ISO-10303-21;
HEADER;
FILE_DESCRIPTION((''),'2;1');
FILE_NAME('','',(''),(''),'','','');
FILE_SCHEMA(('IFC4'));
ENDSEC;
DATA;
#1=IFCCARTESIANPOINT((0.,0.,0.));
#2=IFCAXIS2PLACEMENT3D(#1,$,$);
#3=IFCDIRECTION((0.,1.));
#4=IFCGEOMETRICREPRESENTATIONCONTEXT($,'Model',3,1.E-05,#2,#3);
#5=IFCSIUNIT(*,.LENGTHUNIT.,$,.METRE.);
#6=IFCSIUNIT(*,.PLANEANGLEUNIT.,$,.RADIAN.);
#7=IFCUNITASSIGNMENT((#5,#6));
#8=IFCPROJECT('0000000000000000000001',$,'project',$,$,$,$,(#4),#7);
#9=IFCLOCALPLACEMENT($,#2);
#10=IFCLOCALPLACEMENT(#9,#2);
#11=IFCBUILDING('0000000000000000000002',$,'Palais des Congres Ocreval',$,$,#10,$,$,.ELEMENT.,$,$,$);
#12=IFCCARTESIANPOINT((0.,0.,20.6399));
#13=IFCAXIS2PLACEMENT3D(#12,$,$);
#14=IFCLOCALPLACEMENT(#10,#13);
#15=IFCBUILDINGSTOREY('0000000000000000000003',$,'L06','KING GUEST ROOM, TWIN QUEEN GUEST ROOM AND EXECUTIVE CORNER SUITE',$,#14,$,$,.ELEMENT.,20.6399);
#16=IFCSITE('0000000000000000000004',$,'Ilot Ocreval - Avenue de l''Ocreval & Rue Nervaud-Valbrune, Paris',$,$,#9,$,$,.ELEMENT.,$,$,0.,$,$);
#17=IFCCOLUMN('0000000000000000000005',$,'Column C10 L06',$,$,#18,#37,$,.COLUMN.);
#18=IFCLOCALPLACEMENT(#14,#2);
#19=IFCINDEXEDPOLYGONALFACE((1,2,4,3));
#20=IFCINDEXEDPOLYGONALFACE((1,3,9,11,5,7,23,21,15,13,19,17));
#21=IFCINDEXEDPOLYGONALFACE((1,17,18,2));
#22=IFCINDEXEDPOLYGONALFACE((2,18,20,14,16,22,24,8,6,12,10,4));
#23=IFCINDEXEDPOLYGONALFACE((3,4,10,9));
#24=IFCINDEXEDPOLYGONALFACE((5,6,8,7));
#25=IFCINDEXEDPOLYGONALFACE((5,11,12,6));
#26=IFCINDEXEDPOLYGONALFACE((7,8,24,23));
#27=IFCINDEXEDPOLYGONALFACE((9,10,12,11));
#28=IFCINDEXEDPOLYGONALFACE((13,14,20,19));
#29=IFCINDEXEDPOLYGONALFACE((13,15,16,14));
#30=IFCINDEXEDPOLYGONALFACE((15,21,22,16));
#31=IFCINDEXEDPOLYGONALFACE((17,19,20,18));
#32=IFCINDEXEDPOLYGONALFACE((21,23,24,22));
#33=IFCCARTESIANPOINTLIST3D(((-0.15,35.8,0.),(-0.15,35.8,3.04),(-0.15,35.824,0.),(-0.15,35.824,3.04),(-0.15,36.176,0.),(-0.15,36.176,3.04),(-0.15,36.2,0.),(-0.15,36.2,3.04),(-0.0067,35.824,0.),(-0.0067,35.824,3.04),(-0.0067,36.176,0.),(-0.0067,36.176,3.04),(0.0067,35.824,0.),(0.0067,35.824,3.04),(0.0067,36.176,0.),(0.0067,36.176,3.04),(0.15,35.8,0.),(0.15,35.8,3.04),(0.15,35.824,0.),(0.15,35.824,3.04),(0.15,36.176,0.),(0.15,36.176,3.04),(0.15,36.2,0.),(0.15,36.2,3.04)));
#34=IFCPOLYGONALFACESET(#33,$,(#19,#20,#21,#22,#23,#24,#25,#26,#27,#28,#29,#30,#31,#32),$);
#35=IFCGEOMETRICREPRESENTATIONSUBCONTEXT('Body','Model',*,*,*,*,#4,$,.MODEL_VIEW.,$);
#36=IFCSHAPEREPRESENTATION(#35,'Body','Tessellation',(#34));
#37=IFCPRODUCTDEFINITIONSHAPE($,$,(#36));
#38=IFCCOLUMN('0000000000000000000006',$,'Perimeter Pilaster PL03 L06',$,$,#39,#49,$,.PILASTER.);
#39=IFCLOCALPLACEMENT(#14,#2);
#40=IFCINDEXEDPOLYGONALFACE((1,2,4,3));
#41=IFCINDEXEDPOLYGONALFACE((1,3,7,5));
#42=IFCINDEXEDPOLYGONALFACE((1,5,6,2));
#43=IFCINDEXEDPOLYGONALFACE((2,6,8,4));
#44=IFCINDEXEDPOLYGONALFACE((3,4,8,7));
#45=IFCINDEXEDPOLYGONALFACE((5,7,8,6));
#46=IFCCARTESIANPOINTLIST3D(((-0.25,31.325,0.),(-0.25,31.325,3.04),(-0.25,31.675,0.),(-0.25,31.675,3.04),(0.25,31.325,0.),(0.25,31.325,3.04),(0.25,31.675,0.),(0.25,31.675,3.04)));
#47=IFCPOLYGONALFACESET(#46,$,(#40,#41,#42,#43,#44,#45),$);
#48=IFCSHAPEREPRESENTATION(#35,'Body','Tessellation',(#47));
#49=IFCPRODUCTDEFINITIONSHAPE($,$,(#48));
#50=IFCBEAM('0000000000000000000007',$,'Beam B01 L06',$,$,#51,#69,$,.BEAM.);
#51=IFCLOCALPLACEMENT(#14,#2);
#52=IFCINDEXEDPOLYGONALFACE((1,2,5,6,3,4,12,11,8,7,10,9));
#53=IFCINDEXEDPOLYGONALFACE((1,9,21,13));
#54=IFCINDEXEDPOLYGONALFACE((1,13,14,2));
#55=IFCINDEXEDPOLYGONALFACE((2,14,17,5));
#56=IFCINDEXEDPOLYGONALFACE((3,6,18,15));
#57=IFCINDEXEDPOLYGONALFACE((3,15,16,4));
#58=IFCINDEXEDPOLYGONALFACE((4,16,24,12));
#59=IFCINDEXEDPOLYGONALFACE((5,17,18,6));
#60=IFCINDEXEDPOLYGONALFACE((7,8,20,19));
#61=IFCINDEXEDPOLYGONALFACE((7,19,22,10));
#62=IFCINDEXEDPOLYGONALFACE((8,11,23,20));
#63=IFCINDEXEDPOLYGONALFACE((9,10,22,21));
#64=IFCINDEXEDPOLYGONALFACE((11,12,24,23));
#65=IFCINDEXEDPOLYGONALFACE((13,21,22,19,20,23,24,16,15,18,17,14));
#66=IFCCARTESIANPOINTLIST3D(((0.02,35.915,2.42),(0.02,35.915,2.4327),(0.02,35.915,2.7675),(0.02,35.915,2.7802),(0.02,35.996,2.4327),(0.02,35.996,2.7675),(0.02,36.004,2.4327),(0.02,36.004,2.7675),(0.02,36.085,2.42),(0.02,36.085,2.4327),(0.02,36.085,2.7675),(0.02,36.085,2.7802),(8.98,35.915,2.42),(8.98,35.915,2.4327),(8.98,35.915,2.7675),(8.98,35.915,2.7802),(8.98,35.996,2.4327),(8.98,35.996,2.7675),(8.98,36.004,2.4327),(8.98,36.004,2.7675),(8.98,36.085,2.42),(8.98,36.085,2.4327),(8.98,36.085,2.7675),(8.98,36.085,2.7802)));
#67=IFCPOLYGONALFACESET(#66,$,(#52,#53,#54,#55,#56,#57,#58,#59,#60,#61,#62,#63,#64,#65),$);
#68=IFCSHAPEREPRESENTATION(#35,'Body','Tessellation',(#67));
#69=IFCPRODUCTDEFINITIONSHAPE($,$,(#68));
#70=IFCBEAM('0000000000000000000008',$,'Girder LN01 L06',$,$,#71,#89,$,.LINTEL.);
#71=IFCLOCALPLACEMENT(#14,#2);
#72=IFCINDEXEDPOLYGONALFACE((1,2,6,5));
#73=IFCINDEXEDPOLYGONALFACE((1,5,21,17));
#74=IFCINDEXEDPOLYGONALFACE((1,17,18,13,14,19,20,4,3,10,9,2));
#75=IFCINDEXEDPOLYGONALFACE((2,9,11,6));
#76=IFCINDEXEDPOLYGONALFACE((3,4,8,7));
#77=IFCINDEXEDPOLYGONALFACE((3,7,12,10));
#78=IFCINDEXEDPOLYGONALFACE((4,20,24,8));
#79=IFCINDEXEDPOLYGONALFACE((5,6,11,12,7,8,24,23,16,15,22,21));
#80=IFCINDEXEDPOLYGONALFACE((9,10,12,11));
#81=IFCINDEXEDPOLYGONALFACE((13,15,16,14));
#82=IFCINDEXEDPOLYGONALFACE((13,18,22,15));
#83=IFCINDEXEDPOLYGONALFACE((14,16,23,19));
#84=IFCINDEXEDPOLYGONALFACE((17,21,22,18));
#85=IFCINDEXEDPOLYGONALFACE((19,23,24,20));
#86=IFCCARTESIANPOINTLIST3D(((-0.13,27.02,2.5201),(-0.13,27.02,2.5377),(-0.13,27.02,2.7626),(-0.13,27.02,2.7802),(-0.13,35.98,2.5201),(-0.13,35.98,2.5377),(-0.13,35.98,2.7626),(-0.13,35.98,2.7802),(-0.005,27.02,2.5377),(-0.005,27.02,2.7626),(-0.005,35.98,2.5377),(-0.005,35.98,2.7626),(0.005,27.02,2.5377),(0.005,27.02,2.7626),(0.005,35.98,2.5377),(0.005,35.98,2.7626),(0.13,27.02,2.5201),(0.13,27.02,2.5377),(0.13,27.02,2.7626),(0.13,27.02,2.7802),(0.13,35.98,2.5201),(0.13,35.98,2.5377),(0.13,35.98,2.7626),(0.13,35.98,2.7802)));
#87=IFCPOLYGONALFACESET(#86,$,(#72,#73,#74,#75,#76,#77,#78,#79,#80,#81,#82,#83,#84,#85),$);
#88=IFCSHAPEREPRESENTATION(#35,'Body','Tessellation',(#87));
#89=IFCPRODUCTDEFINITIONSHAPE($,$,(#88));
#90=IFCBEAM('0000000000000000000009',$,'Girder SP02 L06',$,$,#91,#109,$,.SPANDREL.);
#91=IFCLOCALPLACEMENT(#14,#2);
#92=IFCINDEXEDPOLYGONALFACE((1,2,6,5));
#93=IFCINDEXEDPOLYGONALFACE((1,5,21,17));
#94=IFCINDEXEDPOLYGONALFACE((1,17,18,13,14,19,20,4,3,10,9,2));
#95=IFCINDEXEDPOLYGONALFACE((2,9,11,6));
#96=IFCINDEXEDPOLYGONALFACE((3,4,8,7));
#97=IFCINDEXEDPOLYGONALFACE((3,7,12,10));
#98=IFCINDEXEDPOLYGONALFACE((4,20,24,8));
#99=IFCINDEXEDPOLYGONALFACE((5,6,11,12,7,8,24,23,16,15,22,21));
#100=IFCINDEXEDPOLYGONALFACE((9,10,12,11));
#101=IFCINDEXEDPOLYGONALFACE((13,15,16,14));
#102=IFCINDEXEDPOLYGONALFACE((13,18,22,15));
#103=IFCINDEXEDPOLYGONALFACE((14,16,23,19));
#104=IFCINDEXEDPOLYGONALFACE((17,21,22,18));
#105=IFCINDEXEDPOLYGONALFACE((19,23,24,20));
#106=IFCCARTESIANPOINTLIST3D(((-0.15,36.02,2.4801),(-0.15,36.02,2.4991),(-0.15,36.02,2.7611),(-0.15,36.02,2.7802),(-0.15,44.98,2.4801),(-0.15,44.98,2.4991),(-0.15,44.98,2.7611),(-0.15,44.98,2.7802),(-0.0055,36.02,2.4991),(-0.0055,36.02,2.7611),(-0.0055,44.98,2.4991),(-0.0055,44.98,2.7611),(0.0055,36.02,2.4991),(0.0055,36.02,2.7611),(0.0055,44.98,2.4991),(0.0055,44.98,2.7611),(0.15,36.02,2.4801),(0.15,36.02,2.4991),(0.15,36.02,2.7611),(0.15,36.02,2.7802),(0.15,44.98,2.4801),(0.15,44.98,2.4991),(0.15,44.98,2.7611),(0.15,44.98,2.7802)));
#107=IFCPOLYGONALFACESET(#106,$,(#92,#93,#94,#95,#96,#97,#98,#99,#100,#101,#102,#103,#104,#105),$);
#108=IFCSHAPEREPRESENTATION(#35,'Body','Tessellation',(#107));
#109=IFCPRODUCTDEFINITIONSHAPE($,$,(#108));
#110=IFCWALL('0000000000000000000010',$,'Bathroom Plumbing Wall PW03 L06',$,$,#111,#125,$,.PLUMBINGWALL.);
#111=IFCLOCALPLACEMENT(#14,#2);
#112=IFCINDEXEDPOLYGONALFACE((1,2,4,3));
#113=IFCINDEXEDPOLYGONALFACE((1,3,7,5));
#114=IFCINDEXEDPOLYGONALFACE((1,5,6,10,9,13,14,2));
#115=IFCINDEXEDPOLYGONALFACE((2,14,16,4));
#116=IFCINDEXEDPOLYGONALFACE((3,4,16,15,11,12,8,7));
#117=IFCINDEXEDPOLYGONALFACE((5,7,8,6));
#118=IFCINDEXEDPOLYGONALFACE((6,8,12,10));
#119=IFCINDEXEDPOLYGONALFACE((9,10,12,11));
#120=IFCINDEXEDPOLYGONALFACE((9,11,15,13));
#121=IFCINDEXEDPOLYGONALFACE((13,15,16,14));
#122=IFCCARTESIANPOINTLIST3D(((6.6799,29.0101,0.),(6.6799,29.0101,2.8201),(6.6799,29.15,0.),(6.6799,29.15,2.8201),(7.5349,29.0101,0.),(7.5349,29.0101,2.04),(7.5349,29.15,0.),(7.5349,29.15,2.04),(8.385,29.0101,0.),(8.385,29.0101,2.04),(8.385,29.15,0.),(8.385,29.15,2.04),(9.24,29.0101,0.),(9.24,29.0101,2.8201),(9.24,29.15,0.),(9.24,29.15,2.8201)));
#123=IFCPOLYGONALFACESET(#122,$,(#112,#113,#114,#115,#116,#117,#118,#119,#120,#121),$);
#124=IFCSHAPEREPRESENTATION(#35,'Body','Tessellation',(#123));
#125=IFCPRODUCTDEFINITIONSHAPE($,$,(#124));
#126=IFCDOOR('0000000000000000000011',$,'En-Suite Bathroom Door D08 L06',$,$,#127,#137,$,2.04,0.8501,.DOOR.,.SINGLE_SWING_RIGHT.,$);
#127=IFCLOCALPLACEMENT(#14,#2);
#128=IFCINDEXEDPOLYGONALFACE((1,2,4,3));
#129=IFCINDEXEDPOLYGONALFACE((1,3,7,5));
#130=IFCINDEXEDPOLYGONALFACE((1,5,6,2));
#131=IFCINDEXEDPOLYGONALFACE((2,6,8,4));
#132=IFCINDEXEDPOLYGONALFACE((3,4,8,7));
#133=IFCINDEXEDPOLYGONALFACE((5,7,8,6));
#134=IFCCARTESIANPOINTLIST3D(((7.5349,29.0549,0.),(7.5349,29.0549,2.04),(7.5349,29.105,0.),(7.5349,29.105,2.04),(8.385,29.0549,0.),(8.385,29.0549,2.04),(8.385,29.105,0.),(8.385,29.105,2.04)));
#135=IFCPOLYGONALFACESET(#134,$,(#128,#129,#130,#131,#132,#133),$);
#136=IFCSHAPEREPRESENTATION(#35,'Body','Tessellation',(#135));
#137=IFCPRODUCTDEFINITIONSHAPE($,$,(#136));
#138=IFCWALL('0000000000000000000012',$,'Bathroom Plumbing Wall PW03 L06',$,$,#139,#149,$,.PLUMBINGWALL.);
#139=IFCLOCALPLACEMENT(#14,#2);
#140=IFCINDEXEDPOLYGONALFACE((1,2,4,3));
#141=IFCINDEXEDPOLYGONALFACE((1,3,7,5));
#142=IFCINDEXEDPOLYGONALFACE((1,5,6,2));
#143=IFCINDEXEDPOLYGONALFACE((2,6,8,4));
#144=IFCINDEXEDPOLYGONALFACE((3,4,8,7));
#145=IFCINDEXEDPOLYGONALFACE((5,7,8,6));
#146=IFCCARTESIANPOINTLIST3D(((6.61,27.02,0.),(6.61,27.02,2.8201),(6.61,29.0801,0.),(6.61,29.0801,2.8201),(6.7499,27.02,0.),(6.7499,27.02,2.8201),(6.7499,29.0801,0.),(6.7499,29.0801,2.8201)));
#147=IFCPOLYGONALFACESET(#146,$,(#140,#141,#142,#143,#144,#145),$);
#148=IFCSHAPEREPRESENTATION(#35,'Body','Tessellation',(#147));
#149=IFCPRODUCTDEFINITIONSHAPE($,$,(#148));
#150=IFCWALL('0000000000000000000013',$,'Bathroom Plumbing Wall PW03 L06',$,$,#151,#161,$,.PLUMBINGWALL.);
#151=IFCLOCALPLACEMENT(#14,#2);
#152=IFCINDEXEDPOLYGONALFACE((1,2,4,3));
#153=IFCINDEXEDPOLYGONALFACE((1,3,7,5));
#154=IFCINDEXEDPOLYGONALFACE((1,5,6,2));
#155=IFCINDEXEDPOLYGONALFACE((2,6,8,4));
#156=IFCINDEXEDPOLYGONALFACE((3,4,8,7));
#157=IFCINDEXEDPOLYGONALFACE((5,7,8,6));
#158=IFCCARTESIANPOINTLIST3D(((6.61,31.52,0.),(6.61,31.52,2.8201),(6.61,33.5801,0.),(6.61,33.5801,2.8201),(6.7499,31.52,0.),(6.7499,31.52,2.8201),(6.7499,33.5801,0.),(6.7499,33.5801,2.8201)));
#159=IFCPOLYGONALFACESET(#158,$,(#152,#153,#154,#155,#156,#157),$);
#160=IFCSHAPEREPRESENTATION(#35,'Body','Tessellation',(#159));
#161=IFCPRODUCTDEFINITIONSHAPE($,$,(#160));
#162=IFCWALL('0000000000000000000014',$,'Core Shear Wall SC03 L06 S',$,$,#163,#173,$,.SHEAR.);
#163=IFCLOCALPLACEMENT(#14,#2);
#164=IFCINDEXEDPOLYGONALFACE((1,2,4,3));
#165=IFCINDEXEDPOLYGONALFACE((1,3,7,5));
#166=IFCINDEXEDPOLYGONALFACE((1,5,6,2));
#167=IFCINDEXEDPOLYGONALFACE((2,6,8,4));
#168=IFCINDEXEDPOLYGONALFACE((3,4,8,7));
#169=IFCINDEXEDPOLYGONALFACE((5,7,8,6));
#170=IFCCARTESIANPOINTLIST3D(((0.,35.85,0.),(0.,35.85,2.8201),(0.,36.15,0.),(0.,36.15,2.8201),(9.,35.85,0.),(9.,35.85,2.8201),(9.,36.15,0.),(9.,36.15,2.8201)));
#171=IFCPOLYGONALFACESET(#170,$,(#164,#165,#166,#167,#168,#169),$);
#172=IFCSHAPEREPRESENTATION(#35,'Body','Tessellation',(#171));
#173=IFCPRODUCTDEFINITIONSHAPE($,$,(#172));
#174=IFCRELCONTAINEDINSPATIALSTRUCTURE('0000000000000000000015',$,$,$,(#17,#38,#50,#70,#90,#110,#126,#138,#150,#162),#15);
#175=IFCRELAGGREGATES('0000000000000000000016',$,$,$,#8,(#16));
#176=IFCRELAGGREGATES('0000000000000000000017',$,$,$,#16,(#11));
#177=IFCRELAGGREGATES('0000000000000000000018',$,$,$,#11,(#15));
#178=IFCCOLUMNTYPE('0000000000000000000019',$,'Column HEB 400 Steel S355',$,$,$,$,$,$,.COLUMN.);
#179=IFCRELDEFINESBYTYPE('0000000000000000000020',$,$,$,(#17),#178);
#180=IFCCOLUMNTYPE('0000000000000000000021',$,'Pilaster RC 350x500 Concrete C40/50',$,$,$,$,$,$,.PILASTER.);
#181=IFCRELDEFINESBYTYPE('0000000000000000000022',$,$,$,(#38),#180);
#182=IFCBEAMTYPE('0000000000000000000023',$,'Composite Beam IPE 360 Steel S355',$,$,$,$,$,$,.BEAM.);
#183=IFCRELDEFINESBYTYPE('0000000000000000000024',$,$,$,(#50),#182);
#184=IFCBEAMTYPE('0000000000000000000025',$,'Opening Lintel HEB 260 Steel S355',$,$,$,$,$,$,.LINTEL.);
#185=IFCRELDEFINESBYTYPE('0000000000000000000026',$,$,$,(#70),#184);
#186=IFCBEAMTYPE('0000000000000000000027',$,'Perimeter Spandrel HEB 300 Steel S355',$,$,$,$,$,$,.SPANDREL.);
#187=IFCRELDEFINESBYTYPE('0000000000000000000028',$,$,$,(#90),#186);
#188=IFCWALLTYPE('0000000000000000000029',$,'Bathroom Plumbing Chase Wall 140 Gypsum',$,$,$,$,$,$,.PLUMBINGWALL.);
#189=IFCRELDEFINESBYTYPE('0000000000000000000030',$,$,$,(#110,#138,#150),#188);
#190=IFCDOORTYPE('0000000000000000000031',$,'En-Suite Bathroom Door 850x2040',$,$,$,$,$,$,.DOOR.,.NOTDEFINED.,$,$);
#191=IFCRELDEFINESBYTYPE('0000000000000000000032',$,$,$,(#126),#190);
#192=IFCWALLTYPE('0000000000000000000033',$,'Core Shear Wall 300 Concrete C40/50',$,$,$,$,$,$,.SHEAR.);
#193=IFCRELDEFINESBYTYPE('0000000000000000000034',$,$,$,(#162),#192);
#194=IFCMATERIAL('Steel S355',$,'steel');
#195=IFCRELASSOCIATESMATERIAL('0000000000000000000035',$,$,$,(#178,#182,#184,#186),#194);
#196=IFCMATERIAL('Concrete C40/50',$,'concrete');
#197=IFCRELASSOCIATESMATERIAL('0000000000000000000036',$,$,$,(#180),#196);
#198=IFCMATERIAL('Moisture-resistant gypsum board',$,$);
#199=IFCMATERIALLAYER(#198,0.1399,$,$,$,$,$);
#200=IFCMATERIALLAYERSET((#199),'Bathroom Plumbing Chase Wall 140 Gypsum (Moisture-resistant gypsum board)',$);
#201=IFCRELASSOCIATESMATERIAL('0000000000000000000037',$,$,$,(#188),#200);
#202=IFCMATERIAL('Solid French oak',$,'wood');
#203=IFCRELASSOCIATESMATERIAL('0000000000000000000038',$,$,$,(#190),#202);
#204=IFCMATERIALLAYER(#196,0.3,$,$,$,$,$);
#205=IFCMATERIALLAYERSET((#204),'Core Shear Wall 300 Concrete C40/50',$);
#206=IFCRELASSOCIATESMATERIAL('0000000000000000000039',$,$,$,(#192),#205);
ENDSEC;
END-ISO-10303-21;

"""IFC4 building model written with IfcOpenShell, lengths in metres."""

from ifc_helpers import new_model, si_unit, direction, frame, frame_2d, origin, origin_2d, place, context, subcontext, project, spatial, rectangle, i_section, extrude, material, layer, layer_set, material_profile, profile_set, type_object, element, fill, save


model = new_model("IFC4")

# Units and contexts
model_context = context("Model", 3, precision=1e-05, world=origin(), true_north=direction((0.0, 1.0)))
body_context = subcontext(model_context, "Body", "Model", "MODEL_VIEW")
ifc_project = project(units=[si_unit("LENGTHUNIT", "METRE"), si_unit("PLANEANGLEUNIT", "RADIAN")], contexts=[model_context])

# Site, building, storey
site_placement = place(None, origin())
site = spatial("IfcSite", under=ifc_project, at=site_placement, Name="Ilot Ocreval - Avenue de l'Ocreval & Rue Nervaud-Valbrune, Paris", CompositionType="ELEMENT", RefElevation=0.0)
building_placement = place(site_placement, origin())
building = spatial("IfcBuilding", under=site, at=building_placement, Name="Palais des Congres Ocreval", CompositionType="ELEMENT")
storey_placement = place(building_placement, frame((0.0, 0.0, 20.6399)))
storey = spatial("IfcBuildingStorey", under=building, at=storey_placement, Name="L06", Description="KING GUEST ROOM, TWIN QUEEN GUEST ROOM AND EXECUTIVE CORNER SUITE", CompositionType="ELEMENT", Elevation=20.6399)

# Columns
ifc_material_1 = material(Name="Steel S355", Category="steel")
ifc_material_profile_1 = material_profile(ifc_material_1, i_section(OverallWidth=0.3, OverallDepth=0.3999, WebThickness=0.0134, FlangeThickness=0.0239, at=origin_2d()), Name="HEB 400")
ifc_profile_set_1 = profile_set([ifc_material_profile_1], Name="Steel S355")
column_type_1 = type_object("IfcColumnType", Name="Column HEB 400 Steel S355", PredefinedType="COLUMN", material=ifc_profile_set_1)
column_1_placement = place(storey_placement, frame((0.0, 36.0, 0.0), z_axis=(0.0, 0.0, 1.0), x_axis=(1.0, 0.0, 0.0)))
element("IfcColumn", 1, at=column_1_placement, inside=storey, type_object=column_type_1, Name="Column C10 L06", PredefinedType="COLUMN", context=body_context, shape_type="SweptSolid", body=[
    extrude(i_section(OverallWidth=0.3, OverallDepth=0.3999, WebThickness=0.0134, FlangeThickness=0.0239, at=origin_2d()), origin(), (0.0, 0.0, 1.0), 3.04),
])
ifc_material_2 = material(Name="Concrete C40/50", Category="concrete")
ifc_material_profile_2 = material_profile(ifc_material_2, rectangle(XDim=0.3501, YDim=0.5, at=origin_2d()), Name="RC 350x500")
ifc_profile_set_2 = profile_set([ifc_material_profile_2], Name="Concrete C40/50")
column_type_2 = type_object("IfcColumnType", Name="Pilaster RC 350x500 Concrete C40/50", PredefinedType="PILASTER", material=ifc_profile_set_2)
column_2_placement = place(storey_placement, frame((0.0, 31.5, 0.0), z_axis=(0.0, 0.0, 1.0), x_axis=(0.0, 1.0, 0.0)))
element("IfcColumn", 2, at=column_2_placement, inside=storey, type_object=column_type_2, Name="Perimeter Pilaster PL03 L06", PredefinedType="PILASTER", context=body_context, shape_type="SweptSolid", body=[
    extrude(rectangle(XDim=0.3501, YDim=0.5, at=origin_2d()), origin(), (0.0, 0.0, 1.0), 3.04),
])

# Beams
ifc_material_profile_3 = material_profile(ifc_material_1, i_section(OverallWidth=0.1699, OverallDepth=0.3601, WebThickness=0.0081, FlangeThickness=0.0127, at=origin_2d()), Name="IPE 360")
ifc_profile_set_3 = profile_set([ifc_material_profile_3], Name="Steel S355")
beam_type_1 = type_object("IfcBeamType", Name="Composite Beam IPE 360 Steel S355", PredefinedType="BEAM", material=ifc_profile_set_3)
beam_1_placement = place(storey_placement, frame((0.02, 36.0, 2.6001), z_axis=(1.0, 0.0, 0.0), x_axis=(0.0, 1.0, 0.0)))
element("IfcBeam", 3, at=beam_1_placement, inside=storey, type_object=beam_type_1, Name="Beam B01 L06", PredefinedType="BEAM", context=body_context, shape_type="SweptSolid", body=[
    extrude(i_section(OverallWidth=0.1699, OverallDepth=0.3601, WebThickness=0.0081, FlangeThickness=0.0127, at=origin_2d()), origin(), (0.0, 0.0, 1.0), 8.96),
])
ifc_material_profile_4 = material_profile(ifc_material_1, i_section(OverallWidth=0.26, OverallDepth=0.26, WebThickness=0.01, FlangeThickness=0.0176, at=origin_2d()), Name="HEB 260")
ifc_profile_set_4 = profile_set([ifc_material_profile_4], Name="Steel S355")
beam_type_2 = type_object("IfcBeamType", Name="Opening Lintel HEB 260 Steel S355", PredefinedType="LINTEL", material=ifc_profile_set_4)
beam_2_placement = place(storey_placement, frame((0.0, 27.02, 2.6501), z_axis=(0.0, 1.0, 0.0), x_axis=(-1.0, 0.0, 0.0)))
element("IfcBeam", 4, at=beam_2_placement, inside=storey, type_object=beam_type_2, Name="Girder LN01 L06", PredefinedType="LINTEL", context=body_context, shape_type="SweptSolid", body=[
    extrude(i_section(OverallWidth=0.26, OverallDepth=0.26, WebThickness=0.01, FlangeThickness=0.0176, at=origin_2d()), origin(), (0.0, 0.0, 1.0), 8.96),
])
ifc_material_profile_5 = material_profile(ifc_material_1, i_section(OverallWidth=0.3, OverallDepth=0.3, WebThickness=0.011, FlangeThickness=0.019, at=origin_2d()), Name="HEB 300")
ifc_profile_set_5 = profile_set([ifc_material_profile_5], Name="Steel S355")
beam_type_3 = type_object("IfcBeamType", Name="Perimeter Spandrel HEB 300 Steel S355", PredefinedType="SPANDREL", material=ifc_profile_set_5)
beam_3_placement = place(storey_placement, frame((0.0, 36.02, 2.6301), z_axis=(0.0, 1.0, 0.0), x_axis=(-1.0, 0.0, 0.0)))
element("IfcBeam", 5, at=beam_3_placement, inside=storey, type_object=beam_type_3, Name="Girder SP02 L06", PredefinedType="SPANDREL", context=body_context, shape_type="SweptSolid", body=[
    extrude(i_section(OverallWidth=0.3, OverallDepth=0.3, WebThickness=0.011, FlangeThickness=0.019, at=origin_2d()), origin(), (0.0, 0.0, 1.0), 8.96),
])

# Wall, opening, door
ifc_material_3 = material(Name="Moisture-resistant gypsum board")
ifc_layer_1 = layer(ifc_material_3, 0.1399)
ifc_layer_set_1 = layer_set([ifc_layer_1], Name="Bathroom Plumbing Chase Wall 140 Gypsum (Moisture-resistant gypsum board)")
wall_type_1 = type_object("IfcWallType", Name="Bathroom Plumbing Chase Wall 140 Gypsum", PredefinedType="PLUMBINGWALL", material=ifc_layer_set_1)
wall_1_placement = place(storey_placement, frame((6.6799, 29.0801, 0.0), z_axis=(0.0, 0.0, 1.0), x_axis=(1.0, 0.0, 0.0)))
wall_1 = element("IfcWall", 6, at=wall_1_placement, inside=storey, type_object=wall_type_1, Name="Bathroom Plumbing Wall PW03 L06", PredefinedType="PLUMBINGWALL", context=body_context, shape_type="SweptSolid", body=[
    extrude(rectangle(XDim=2.5601, YDim=0.1399, at=frame_2d((1.28, 0.0))), origin(), (0.0, 0.0, 1.0), 2.8201),
])
opening_placement = place(wall_1_placement, frame((0.855, 0.0, 0.0)))
opening = element("IfcOpeningElement", 7, at=opening_placement, cuts=wall_1, PredefinedType="OPENING", context=body_context, shape_type="SweptSolid", body=[
    extrude(rectangle(XDim=0.8501, YDim=2.04, at=frame_2d((0.425, 1.02))), frame((0.0, 0.0798, 0.0), z_axis=(0.0, -1.0, 0.0), x_axis=(1.0, 0.0, 0.0)), (0.0, 0.0, 1.0), 0.1599),
])
ifc_material_4 = material(Name="Solid French oak", Category="wood")
door_type = type_object("IfcDoorType", Name="En-Suite Bathroom Door 850x2040", OperationType="NOTDEFINED", PredefinedType="DOOR", material=ifc_material_4)
door_placement = place(opening_placement, origin())
door = element("IfcDoor", 8, at=door_placement, inside=storey, type_object=door_type, Name="En-Suite Bathroom Door D08 L06", OperationType="SINGLE_SWING_RIGHT", OverallHeight=2.04, OverallWidth=0.8501, PredefinedType="DOOR", context=body_context, shape_type="SweptSolid", body=[
    extrude(rectangle(XDim=0.8501, YDim=2.04, at=frame_2d((0.425, 1.02))), frame((0.0, 0.0249, 0.0), z_axis=(0.0, -1.0, 0.0), x_axis=(1.0, 0.0, 0.0)), (0.0, 0.0, 1.0), 0.05),
])
fill(opening, door)

# Walls
for number, where, z_axis, x_axis, name in (
    (9, (6.6799, 27.02, 0.0), (0.0, 0.0, 1.0), (0.0, 1.0, 0.0), "Bathroom Plumbing Wall PW03 L06"),
    (10, (6.6799, 31.52, 0.0), (0.0, 0.0, 1.0), (0.0, 1.0, 0.0), "Bathroom Plumbing Wall PW03 L06"),
):
    element("IfcWall", number, at=place(storey_placement, frame(where, z_axis=z_axis, x_axis=x_axis)), inside=storey, type_object=wall_type_1, Name=name, PredefinedType="PLUMBINGWALL", context=body_context, shape_type="SweptSolid", body=[
        extrude(rectangle(XDim=2.0601, YDim=0.1399, at=frame_2d((1.03, 0.0))), origin(), (0.0, 0.0, 1.0), 2.8201),
    ])
ifc_layer_2 = layer(ifc_material_2, 0.3)
ifc_layer_set_2 = layer_set([ifc_layer_2], Name="Core Shear Wall 300 Concrete C40/50")
wall_type_2 = type_object("IfcWallType", Name="Core Shear Wall 300 Concrete C40/50", PredefinedType="SHEAR", material=ifc_layer_set_2)
wall_2_placement = place(storey_placement, frame((0.0, 36.0, 0.0), z_axis=(0.0, 0.0, 1.0), x_axis=(1.0, 0.0, 0.0)))
element("IfcWall", 11, at=wall_2_placement, inside=storey, type_object=wall_type_2, Name="Core Shear Wall SC03 L06 S", PredefinedType="SHEAR", context=body_context, shape_type="SweptSolid", body=[
    extrude(rectangle(XDim=9.0, YDim=0.3, at=frame_2d((4.5, 0.0))), origin(), (0.0, 0.0, 1.0), 2.8201),
])

save(model, "model.ifc")
